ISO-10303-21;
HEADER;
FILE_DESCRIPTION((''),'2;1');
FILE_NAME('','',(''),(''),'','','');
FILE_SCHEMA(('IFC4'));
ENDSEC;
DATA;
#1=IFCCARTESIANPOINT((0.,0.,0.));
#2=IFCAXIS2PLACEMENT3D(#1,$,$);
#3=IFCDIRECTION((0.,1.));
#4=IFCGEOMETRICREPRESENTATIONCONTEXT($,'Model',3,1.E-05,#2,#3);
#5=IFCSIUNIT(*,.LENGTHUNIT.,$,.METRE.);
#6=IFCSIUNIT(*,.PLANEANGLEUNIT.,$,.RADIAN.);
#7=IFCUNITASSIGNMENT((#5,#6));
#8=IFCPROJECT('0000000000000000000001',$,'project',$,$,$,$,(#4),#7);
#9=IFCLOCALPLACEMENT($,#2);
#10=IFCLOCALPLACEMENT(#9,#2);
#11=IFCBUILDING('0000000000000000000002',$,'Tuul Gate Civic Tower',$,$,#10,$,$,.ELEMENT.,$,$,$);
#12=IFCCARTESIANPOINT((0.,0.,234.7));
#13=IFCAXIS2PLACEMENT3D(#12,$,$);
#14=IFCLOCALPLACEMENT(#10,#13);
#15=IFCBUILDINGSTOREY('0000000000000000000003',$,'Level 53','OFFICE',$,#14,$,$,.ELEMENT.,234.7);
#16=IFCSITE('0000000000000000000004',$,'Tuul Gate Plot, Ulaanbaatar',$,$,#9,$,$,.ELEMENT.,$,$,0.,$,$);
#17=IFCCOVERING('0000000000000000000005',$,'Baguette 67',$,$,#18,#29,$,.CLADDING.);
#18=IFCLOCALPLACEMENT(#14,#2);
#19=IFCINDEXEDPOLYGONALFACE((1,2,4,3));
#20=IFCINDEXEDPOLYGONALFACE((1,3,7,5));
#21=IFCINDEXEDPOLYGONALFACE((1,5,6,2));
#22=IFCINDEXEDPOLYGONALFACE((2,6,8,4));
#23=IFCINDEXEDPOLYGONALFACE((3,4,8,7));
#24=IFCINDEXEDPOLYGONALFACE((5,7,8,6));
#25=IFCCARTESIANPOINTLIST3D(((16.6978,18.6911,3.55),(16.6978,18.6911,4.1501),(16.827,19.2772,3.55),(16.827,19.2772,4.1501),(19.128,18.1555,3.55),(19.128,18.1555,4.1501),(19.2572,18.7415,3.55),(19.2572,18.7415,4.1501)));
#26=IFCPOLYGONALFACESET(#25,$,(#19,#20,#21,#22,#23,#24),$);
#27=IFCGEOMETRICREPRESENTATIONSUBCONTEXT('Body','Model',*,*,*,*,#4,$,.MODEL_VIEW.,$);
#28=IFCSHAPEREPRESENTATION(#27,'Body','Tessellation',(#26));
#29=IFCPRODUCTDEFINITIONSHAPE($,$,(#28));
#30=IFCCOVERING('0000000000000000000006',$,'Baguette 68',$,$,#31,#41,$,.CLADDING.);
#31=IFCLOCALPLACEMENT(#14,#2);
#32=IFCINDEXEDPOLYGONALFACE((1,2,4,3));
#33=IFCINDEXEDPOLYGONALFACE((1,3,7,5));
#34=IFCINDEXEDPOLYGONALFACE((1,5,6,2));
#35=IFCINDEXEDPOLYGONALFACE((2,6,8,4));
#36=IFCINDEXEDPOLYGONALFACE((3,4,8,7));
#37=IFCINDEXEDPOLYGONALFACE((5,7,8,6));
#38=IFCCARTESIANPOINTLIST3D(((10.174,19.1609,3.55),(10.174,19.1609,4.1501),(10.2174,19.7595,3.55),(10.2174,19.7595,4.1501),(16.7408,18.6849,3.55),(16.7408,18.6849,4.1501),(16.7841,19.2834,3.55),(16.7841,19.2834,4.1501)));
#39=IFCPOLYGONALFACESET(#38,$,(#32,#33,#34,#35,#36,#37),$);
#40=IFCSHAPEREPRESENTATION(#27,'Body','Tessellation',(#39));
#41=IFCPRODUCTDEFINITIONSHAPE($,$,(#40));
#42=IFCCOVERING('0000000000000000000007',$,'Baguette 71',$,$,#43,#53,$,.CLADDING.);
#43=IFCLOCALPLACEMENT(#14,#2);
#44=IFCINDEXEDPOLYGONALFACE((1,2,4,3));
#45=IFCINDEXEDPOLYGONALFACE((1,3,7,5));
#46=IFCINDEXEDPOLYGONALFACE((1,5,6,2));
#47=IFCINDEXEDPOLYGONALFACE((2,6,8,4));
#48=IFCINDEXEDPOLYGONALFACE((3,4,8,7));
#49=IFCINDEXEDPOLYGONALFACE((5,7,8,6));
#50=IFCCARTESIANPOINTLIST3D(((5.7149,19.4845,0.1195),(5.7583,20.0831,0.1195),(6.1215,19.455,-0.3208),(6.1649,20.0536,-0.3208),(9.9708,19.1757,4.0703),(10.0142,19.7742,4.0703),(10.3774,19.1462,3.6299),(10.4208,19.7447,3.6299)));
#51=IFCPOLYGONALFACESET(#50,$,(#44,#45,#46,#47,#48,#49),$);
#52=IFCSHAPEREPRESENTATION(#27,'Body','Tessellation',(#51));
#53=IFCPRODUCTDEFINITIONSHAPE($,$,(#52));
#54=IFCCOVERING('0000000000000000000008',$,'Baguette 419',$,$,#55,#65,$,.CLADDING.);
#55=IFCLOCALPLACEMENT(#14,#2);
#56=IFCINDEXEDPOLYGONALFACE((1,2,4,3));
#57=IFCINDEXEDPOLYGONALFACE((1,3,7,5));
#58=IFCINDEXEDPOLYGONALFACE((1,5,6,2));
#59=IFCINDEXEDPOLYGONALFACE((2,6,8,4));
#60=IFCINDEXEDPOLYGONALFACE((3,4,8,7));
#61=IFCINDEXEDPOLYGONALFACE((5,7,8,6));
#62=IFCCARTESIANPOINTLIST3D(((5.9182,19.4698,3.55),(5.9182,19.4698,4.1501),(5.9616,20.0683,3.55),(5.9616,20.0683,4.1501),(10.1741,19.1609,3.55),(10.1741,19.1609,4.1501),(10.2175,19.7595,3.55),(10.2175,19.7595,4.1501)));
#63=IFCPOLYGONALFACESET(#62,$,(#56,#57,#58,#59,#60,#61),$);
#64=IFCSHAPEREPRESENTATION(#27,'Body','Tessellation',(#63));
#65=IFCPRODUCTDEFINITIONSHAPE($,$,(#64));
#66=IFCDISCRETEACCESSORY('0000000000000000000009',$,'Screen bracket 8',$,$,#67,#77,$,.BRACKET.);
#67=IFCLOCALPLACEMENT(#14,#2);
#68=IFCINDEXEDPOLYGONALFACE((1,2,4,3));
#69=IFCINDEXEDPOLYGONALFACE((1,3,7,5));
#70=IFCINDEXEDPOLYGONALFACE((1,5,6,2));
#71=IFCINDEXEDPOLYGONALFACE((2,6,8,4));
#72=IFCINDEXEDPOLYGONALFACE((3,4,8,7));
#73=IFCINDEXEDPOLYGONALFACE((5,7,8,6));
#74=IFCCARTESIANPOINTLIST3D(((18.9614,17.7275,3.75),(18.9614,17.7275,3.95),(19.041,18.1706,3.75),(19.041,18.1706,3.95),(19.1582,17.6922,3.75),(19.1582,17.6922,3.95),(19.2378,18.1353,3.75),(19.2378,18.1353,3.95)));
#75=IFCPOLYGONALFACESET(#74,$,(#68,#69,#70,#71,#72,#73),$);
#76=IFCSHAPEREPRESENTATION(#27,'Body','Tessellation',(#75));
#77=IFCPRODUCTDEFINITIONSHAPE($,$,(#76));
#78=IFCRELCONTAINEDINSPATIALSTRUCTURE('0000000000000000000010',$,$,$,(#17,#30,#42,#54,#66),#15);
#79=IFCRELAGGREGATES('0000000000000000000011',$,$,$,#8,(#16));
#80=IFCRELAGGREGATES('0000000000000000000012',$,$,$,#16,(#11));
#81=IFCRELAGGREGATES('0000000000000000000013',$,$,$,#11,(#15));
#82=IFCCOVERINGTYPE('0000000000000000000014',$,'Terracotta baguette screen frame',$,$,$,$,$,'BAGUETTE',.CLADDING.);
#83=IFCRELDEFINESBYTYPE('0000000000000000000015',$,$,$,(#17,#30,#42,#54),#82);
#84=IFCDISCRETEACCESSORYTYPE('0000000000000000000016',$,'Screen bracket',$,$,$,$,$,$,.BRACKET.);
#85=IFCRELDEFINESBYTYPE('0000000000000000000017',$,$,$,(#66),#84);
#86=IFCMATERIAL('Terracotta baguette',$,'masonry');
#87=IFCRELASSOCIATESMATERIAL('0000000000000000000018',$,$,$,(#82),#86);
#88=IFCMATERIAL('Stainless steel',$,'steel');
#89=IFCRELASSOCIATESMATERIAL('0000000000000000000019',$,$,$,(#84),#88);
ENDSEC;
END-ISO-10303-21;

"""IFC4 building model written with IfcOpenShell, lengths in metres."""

from ifc_helpers import new_model, si_unit, direction, frame, origin, origin_2d, place, context, subcontext, project, spatial, rectangle, extrude, material, material_profile, profile_set, type_object, element, save


model = new_model("IFC4")

# Units and contexts
model_context = context("Model", 3, precision=1e-05, world=origin(), true_north=direction((0.0, 1.0)))
body_context = subcontext(model_context, "Body", "Model", "MODEL_VIEW")
ifc_project = project(units=[si_unit("LENGTHUNIT", "METRE"), si_unit("PLANEANGLEUNIT", "RADIAN")], contexts=[model_context])

# Site, building, storey
site_placement = place(None, origin())
site = spatial("IfcSite", under=ifc_project, at=site_placement, Name="Tuul Gate Plot, Ulaanbaatar", CompositionType="ELEMENT", RefElevation=0.0)
building_placement = place(site_placement, origin())
building = spatial("IfcBuilding", under=site, at=building_placement, Name="Tuul Gate Civic Tower", CompositionType="ELEMENT")
storey_placement = place(building_placement, frame((0.0, 0.0, 234.7)))
storey = spatial("IfcBuildingStorey", under=building, at=storey_placement, Name="Level 53", Description="OFFICE", CompositionType="ELEMENT", Elevation=234.7)

# Coverings
ifc_material_1 = material(Name="Terracotta baguette", Category="masonry")
ifc_material_profile_1 = material_profile(ifc_material_1, rectangle(XDim=0.6001, YDim=0.6001, at=origin_2d()), Name="Terracotta baguette screen frame")
ifc_profile_set_1 = profile_set([ifc_material_profile_1], Name="Terracotta baguette")
covering_type = type_object("IfcCoveringType", Name="Terracotta baguette screen frame", ElementType="BAGUETTE", PredefinedType="CLADDING", material=ifc_profile_set_1)
covering_1_placement = place(storey_placement, frame((19.1926, 18.4485, 3.8501), z_axis=(-0.97656, 0.215247, 0.0), x_axis=(-0.215247, -0.97656, 0.0)))
element("IfcCovering", 1, at=covering_1_placement, inside=storey, type_object=covering_type, Name="Baguette 67", PredefinedType="CLADDING", context=body_context, shape_type="SweptSolid", body=[
    extrude(rectangle(XDim=0.6001, YDim=0.6001, at=origin_2d()), origin(), (0.0, 0.0, 1.0), 2.4885),
])
covering_2_placement = place(storey_placement, frame((16.7625, 18.9841, 3.8501), z_axis=(-0.997382, 0.072309, 0.0), x_axis=(-0.072309, -0.997382, 0.0)))
element("IfcCovering", 2, at=covering_2_placement, inside=storey, type_object=covering_type, Name="Baguette 68", PredefinedType="CLADDING", context=body_context, shape_type="SweptSolid", body=[
    extrude(rectangle(XDim=0.6001, YDim=0.6001, at=origin_2d()), origin(), (0.0, 0.0, 1.0), 6.584),
])
covering_3_placement = place(storey_placement, frame((10.1958, 19.4602, 3.8501), z_axis=(-0.731861, 0.053109, -0.679381), x_axis=(-0.072377, -0.997377, 0.0)))
element("IfcCovering", 3, at=covering_3_placement, inside=storey, type_object=covering_type, Name="Baguette 71", PredefinedType="CLADDING", context=body_context, shape_type="SweptSolid", body=[
    extrude(rectangle(XDim=0.6001, YDim=0.6001, at=origin_2d()), origin(), (0.0, 0.0, 1.0), 5.8152),
])
covering_4_placement = place(storey_placement, frame((10.1958, 19.4602, 3.8501), z_axis=(-0.997377, 0.072377, 0.0), x_axis=(-0.072377, -0.997377, 0.0)))
element("IfcCovering", 4, at=covering_4_placement, inside=storey, type_object=covering_type, Name="Baguette 419", PredefinedType="CLADDING", context=body_context, shape_type="SweptSolid", body=[
    extrude(rectangle(XDim=0.6001, YDim=0.6001, at=origin_2d()), origin(), (0.0, 0.0, 1.0), 4.2671),
])

# Discrete accessory
ifc_material_2 = material(Name="Stainless steel", Category="steel")
discrete_accessory_type = type_object("IfcDiscreteAccessoryType", Name="Screen bracket", PredefinedType="BRACKET", material=ifc_material_2)
discrete_accessory_placement = place(storey_placement, frame((19.0996, 17.9314, 3.75), z_axis=(0.0, 0.0, 1.0), x_axis=(0.176818, 0.984243, 0.0)))
element("IfcDiscreteAccessory", 5, at=discrete_accessory_placement, inside=storey, type_object=discrete_accessory_type, Name="Screen bracket 8", PredefinedType="BRACKET", context=body_context, shape_type="SweptSolid", body=[
    extrude(rectangle(XDim=0.4502, YDim=0.2, at=origin_2d()), origin(), (0.0, 0.0, 1.0), 0.2),
])

save(model, "model.ifc")
